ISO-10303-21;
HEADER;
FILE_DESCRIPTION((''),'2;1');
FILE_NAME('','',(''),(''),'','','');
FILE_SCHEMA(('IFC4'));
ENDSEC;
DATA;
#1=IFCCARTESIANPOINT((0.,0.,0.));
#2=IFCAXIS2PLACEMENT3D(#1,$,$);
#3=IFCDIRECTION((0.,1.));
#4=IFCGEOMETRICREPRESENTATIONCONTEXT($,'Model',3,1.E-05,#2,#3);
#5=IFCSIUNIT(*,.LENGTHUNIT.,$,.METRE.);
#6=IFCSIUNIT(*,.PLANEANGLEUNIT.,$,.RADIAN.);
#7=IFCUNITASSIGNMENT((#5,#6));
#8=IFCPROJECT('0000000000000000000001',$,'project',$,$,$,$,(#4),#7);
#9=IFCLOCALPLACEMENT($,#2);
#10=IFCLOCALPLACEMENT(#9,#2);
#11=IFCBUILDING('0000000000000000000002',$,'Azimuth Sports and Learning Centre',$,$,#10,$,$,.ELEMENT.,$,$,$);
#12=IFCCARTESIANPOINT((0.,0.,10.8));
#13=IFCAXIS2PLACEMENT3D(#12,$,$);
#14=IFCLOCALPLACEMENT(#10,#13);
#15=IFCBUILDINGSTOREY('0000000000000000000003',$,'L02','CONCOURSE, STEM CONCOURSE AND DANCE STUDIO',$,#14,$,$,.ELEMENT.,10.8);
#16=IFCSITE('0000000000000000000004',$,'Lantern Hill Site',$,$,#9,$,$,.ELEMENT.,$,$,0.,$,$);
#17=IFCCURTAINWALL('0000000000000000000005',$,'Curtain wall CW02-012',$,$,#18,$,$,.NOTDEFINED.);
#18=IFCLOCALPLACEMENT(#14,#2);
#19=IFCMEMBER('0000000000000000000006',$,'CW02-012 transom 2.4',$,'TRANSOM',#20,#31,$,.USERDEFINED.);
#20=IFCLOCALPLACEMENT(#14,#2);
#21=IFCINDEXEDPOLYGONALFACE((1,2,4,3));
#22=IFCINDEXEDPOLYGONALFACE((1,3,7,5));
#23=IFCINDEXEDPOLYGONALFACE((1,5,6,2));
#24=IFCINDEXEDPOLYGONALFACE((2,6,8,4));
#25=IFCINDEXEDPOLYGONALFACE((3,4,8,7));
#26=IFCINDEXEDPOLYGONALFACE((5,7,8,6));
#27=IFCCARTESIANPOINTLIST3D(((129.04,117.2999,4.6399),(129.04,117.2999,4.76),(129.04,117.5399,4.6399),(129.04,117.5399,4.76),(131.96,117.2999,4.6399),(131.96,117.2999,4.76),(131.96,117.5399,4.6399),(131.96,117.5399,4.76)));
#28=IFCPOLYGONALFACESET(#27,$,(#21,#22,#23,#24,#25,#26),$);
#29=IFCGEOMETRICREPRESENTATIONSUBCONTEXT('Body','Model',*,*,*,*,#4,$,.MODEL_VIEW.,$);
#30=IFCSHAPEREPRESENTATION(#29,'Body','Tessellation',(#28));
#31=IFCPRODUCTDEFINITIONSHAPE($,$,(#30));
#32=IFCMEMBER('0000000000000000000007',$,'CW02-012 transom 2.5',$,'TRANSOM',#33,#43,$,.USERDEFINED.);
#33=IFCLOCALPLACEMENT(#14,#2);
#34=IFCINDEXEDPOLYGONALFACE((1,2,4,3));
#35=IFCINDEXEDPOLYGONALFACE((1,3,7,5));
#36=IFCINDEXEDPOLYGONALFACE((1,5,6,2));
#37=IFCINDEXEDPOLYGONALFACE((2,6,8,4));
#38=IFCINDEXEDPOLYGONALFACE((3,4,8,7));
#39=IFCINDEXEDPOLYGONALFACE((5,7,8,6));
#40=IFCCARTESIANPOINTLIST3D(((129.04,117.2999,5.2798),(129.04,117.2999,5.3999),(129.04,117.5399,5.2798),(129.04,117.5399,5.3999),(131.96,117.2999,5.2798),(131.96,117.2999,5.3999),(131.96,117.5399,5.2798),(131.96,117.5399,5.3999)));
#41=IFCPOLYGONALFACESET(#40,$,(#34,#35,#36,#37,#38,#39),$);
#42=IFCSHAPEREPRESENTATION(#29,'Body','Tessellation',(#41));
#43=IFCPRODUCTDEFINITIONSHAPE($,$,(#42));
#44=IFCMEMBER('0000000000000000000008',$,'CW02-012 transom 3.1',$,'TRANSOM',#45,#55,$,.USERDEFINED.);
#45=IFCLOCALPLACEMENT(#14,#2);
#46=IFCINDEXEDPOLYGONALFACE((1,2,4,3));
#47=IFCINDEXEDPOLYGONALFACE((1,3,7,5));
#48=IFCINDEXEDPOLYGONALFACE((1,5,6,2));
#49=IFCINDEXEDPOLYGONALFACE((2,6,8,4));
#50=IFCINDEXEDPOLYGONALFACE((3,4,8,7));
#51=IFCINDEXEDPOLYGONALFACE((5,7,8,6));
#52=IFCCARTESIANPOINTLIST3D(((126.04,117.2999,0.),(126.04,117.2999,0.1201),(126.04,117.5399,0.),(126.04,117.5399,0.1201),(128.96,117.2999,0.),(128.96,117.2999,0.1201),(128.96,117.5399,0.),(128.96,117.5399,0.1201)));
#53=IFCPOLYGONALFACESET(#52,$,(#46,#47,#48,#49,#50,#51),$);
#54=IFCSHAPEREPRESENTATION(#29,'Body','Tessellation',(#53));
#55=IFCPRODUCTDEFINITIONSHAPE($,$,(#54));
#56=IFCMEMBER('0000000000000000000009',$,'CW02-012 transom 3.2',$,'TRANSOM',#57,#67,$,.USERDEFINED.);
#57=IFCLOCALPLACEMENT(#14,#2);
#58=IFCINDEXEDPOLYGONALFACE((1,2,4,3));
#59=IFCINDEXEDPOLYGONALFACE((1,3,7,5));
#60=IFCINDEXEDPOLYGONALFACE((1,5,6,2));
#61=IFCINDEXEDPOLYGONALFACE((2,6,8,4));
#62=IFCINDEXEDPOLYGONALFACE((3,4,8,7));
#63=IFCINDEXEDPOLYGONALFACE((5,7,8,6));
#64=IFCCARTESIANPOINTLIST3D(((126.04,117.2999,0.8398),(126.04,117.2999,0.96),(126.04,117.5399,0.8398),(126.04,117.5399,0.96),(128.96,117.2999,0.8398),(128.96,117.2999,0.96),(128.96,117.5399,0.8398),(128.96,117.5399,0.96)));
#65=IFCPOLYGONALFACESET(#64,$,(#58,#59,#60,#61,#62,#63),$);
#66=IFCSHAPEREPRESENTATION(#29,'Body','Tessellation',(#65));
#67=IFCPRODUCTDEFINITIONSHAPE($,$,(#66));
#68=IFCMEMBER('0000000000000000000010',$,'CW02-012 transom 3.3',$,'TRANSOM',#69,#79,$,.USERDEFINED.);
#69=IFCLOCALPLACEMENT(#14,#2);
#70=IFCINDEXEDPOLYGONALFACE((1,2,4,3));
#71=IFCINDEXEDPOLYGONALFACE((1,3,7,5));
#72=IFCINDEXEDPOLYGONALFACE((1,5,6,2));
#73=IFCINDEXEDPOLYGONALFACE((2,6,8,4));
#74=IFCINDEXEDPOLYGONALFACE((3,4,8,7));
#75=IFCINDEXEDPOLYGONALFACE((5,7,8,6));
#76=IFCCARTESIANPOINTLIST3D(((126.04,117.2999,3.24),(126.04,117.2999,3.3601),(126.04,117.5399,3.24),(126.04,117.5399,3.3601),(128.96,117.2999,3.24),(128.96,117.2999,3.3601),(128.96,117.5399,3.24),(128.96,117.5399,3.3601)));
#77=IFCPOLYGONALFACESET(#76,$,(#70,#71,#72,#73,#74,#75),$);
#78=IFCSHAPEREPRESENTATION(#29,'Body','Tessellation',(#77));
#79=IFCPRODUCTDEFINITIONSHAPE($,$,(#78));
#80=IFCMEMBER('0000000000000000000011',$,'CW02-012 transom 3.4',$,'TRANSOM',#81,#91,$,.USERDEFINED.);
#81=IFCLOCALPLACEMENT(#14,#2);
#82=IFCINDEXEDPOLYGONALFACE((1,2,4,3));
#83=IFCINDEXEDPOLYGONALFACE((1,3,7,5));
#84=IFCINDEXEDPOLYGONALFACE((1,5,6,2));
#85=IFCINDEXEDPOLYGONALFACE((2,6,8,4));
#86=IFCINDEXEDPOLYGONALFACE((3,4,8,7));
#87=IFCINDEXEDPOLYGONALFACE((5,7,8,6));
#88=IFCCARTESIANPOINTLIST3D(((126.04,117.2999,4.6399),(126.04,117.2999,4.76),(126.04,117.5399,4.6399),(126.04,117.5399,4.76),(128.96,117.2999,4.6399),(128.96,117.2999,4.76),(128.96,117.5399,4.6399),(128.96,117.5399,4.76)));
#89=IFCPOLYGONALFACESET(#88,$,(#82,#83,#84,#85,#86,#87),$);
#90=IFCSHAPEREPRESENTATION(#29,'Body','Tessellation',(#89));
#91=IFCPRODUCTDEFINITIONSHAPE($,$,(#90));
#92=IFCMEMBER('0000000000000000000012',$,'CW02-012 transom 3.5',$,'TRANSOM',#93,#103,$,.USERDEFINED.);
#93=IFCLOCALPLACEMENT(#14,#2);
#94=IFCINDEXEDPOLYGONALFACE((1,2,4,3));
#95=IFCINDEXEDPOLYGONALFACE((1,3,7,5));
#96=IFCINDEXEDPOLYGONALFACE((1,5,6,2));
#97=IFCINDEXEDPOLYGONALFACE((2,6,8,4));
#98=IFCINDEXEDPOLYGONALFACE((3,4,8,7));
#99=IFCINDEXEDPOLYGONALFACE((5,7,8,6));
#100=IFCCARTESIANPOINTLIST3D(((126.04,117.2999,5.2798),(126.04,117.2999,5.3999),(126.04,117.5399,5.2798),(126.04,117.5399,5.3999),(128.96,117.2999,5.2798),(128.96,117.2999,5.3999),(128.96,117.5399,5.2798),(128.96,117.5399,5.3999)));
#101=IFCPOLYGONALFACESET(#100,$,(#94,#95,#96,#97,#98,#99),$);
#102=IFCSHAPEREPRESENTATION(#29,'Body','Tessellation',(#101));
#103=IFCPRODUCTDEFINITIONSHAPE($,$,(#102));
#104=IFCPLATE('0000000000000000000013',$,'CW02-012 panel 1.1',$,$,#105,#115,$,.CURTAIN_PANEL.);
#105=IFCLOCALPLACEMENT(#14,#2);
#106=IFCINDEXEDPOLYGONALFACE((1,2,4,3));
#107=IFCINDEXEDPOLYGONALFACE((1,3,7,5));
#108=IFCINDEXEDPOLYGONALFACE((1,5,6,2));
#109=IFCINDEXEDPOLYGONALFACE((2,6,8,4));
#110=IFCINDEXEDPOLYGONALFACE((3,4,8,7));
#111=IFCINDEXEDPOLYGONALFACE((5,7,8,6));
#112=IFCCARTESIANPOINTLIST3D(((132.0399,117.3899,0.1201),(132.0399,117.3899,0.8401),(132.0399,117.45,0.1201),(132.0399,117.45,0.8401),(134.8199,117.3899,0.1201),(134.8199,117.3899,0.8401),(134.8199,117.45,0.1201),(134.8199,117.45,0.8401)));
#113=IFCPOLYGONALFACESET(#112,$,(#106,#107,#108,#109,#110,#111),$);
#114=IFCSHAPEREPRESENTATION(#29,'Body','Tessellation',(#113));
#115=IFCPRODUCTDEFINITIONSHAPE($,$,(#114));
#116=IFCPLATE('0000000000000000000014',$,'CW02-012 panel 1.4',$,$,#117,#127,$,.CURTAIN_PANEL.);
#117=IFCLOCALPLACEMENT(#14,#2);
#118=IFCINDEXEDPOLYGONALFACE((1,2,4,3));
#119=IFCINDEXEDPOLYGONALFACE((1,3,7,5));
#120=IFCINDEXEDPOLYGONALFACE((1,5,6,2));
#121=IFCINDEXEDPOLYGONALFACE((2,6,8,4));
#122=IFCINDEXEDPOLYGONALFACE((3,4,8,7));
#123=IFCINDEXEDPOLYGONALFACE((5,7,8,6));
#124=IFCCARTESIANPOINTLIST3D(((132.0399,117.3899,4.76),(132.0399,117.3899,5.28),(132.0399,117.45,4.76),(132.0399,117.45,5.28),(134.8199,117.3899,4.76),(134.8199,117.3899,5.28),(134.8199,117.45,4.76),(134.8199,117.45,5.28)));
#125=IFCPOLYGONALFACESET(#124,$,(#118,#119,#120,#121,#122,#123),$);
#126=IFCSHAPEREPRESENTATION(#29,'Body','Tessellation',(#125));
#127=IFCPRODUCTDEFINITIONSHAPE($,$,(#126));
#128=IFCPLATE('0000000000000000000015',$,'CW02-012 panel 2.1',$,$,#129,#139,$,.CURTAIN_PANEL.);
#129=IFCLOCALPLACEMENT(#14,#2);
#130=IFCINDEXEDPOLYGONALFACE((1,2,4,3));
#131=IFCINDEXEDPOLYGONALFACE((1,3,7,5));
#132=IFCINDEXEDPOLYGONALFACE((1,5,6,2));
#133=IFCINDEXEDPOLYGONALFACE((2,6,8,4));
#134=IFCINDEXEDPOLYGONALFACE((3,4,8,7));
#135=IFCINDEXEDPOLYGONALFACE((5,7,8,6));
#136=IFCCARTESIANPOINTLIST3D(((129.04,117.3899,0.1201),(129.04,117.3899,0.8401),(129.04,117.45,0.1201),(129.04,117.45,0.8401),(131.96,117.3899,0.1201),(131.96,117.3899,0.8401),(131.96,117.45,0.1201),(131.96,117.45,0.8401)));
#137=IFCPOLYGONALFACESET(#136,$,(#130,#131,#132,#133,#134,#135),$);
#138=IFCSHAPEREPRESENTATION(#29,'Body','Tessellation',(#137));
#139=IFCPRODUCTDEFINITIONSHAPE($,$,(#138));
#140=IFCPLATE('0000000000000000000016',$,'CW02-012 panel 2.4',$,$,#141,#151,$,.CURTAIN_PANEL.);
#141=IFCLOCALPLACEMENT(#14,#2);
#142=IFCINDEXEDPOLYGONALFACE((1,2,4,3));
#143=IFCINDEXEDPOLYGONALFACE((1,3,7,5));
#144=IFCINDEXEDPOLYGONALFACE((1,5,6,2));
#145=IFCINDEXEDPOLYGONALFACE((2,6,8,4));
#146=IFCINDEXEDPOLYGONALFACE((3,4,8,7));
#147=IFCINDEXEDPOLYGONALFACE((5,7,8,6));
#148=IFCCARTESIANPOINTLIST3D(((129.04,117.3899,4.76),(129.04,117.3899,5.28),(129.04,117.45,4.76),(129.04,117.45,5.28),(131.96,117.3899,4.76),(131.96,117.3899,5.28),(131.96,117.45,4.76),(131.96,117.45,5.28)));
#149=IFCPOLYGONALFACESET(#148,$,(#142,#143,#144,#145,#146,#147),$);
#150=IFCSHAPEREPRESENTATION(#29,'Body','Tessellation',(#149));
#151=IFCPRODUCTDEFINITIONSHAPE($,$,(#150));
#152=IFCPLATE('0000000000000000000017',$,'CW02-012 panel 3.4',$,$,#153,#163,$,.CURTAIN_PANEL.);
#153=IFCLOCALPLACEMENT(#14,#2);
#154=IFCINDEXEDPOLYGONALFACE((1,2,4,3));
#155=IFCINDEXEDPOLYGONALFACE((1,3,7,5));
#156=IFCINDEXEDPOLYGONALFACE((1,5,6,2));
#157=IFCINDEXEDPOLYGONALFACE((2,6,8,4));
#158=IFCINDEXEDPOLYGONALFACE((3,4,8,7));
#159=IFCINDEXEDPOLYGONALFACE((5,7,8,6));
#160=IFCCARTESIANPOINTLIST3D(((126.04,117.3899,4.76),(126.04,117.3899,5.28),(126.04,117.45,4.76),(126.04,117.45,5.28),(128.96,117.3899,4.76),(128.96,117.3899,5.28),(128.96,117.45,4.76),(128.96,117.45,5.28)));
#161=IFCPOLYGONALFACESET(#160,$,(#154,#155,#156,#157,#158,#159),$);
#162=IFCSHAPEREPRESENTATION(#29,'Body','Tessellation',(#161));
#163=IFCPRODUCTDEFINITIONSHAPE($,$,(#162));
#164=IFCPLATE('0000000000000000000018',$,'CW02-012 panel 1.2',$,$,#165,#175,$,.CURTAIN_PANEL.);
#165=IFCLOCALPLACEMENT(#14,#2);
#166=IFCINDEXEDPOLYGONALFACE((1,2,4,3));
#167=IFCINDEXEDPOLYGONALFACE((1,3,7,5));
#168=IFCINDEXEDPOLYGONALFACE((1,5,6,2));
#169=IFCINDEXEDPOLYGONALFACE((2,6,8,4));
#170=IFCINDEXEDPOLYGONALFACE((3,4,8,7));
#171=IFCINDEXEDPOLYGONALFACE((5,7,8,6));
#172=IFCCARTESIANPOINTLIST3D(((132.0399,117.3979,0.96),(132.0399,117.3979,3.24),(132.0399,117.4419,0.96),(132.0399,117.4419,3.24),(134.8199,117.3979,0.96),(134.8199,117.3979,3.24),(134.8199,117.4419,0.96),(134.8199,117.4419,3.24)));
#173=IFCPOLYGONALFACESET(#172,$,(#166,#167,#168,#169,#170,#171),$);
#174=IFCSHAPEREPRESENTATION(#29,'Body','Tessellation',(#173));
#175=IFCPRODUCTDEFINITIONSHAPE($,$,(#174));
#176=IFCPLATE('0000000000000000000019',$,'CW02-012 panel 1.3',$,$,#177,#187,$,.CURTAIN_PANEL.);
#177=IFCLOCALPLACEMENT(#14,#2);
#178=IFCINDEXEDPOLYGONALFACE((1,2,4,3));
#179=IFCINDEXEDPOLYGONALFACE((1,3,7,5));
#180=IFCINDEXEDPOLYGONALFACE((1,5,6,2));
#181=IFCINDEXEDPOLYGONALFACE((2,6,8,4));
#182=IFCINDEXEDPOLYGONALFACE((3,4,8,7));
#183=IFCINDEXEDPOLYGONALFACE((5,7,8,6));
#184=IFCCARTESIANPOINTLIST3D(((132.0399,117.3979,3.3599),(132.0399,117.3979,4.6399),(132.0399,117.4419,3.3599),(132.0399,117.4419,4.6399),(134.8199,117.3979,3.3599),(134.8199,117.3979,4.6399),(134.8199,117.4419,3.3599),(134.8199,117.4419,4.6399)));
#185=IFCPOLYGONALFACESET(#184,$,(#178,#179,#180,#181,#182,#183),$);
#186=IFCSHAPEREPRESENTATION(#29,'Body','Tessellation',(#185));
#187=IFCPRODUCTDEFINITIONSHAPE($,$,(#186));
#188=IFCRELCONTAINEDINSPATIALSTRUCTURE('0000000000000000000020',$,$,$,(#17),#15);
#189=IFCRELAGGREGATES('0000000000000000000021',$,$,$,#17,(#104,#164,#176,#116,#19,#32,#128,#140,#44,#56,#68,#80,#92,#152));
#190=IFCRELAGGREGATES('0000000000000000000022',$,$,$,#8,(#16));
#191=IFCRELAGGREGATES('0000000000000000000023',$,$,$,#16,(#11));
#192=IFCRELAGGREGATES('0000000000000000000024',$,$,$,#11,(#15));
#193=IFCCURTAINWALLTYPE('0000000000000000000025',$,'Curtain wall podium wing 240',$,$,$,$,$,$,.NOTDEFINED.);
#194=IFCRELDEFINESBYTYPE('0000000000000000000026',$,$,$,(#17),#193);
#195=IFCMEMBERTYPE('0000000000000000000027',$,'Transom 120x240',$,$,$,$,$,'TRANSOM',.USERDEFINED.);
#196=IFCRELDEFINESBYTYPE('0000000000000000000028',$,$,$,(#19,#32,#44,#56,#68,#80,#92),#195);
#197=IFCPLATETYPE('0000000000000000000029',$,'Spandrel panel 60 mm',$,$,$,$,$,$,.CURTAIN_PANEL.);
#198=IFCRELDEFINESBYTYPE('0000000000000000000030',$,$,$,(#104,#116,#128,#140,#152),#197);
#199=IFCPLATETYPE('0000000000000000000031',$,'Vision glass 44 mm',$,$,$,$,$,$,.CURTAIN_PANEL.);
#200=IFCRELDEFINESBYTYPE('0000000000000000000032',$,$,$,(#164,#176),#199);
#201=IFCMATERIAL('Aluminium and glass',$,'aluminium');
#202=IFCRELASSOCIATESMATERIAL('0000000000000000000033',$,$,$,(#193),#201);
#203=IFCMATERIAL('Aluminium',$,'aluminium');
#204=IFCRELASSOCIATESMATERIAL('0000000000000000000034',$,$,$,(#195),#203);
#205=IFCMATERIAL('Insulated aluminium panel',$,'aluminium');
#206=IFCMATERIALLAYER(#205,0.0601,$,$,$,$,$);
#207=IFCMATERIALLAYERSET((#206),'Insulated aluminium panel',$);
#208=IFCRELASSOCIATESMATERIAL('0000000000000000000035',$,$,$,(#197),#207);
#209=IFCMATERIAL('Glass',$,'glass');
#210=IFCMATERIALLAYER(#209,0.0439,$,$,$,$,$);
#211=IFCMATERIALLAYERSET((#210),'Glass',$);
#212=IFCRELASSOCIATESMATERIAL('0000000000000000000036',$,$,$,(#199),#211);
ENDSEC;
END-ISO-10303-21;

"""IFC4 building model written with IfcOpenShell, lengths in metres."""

from ifc_helpers import new_model, si_unit, direction, frame, origin, origin_2d, place, context, subcontext, project, spatial, rectangle, extrude, material, layer, layer_set, material_profile, profile_set, type_object, element, aggregate, save


model = new_model("IFC4")

# Units and contexts
model_context = context("Model", 3, precision=1e-05, world=origin(), true_north=direction((0.0, 1.0)))
body_context = subcontext(model_context, "Body", "Model", "MODEL_VIEW")
ifc_project = project(units=[si_unit("LENGTHUNIT", "METRE"), si_unit("PLANEANGLEUNIT", "RADIAN")], contexts=[model_context])

# Site, building, storey
site_placement = place(None, origin())
site = spatial("IfcSite", under=ifc_project, at=site_placement, Name="Lantern Hill Site", CompositionType="ELEMENT", RefElevation=0.0)
building_placement = place(site_placement, origin())
building = spatial("IfcBuilding", under=site, at=building_placement, Name="Azimuth Sports and Learning Centre", CompositionType="ELEMENT")
storey_placement = place(building_placement, frame((0.0, 0.0, 10.8)))
storey = spatial("IfcBuildingStorey", under=building, at=storey_placement, Name="L02", Description="CONCOURSE, STEM CONCOURSE AND DANCE STUDIO", CompositionType="ELEMENT", Elevation=10.8)

# Curtain wall, members, plates
ifc_material_1 = material(Name="Aluminium and glass", Category="aluminium")
curtain_wall_type = type_object("IfcCurtainWallType", Name="Curtain wall podium wing 240", PredefinedType="NOTDEFINED", material=ifc_material_1)
curtain_wall_placement = place(storey_placement, origin())
curtain_wall = element("IfcCurtainWall", 1, at=curtain_wall_placement, inside=storey, type_object=curtain_wall_type, Name="Curtain wall CW02-012", PredefinedType="NOTDEFINED")
ifc_material_2 = material(Name="Aluminium", Category="aluminium")
ifc_material_profile_1 = material_profile(ifc_material_2, rectangle(XDim=0.24, YDim=0.1201, at=origin_2d()), Name="Transom 120x240")
ifc_profile_set_1 = profile_set([ifc_material_profile_1], Name="Aluminium")
member_type_1 = type_object("IfcMemberType", Name="Transom 120x240", ElementType="TRANSOM", PredefinedType="USERDEFINED", material=ifc_profile_set_1)
member_1_placement = place(storey_placement, frame((131.96, 117.4199, 4.7), z_axis=(-1.0, 0.0, 0.0), x_axis=(0.0, -1.0, 0.0)))
member_1 = element("IfcMember", 2, at=member_1_placement, type_object=member_type_1, Name="CW02-012 transom 2.4", ObjectType="TRANSOM", PredefinedType="USERDEFINED", context=body_context, shape_type="SweptSolid", body=[
    extrude(rectangle(XDim=0.24, YDim=0.1201, at=origin_2d()), origin(), (0.0, 0.0, 1.0), 2.9199),
])
member_2_placement = place(storey_placement, frame((131.96, 117.4199, 5.3398), z_axis=(-1.0, 0.0, 0.0), x_axis=(0.0, -1.0, 0.0)))
member_2 = element("IfcMember", 3, at=member_2_placement, type_object=member_type_1, Name="CW02-012 transom 2.5", ObjectType="TRANSOM", PredefinedType="USERDEFINED", context=body_context, shape_type="SweptSolid", body=[
    extrude(rectangle(XDim=0.24, YDim=0.1201, at=origin_2d()), origin(), (0.0, 0.0, 1.0), 2.9199),
])
member_3_placement = place(storey_placement, frame((128.96, 117.4199, 0.0601), z_axis=(-1.0, 0.0, 0.0), x_axis=(0.0, -1.0, 0.0)))
member_3 = element("IfcMember", 4, at=member_3_placement, type_object=member_type_1, Name="CW02-012 transom 3.1", ObjectType="TRANSOM", PredefinedType="USERDEFINED", context=body_context, shape_type="SweptSolid", body=[
    extrude(rectangle(XDim=0.24, YDim=0.1201, at=origin_2d()), origin(), (0.0, 0.0, 1.0), 2.9199),
])
member_4_placement = place(storey_placement, frame((128.96, 117.4199, 0.8999), z_axis=(-1.0, 0.0, 0.0), x_axis=(0.0, -1.0, 0.0)))
member_4 = element("IfcMember", 5, at=member_4_placement, type_object=member_type_1, Name="CW02-012 transom 3.2", ObjectType="TRANSOM", PredefinedType="USERDEFINED", context=body_context, shape_type="SweptSolid", body=[
    extrude(rectangle(XDim=0.24, YDim=0.1201, at=origin_2d()), origin(), (0.0, 0.0, 1.0), 2.9199),
])
member_5_placement = place(storey_placement, frame((128.96, 117.4199, 3.3), z_axis=(-1.0, 0.0, 0.0), x_axis=(0.0, -1.0, 0.0)))
member_5 = element("IfcMember", 6, at=member_5_placement, type_object=member_type_1, Name="CW02-012 transom 3.3", ObjectType="TRANSOM", PredefinedType="USERDEFINED", context=body_context, shape_type="SweptSolid", body=[
    extrude(rectangle(XDim=0.24, YDim=0.1201, at=origin_2d()), origin(), (0.0, 0.0, 1.0), 2.9199),
])
member_6_placement = place(storey_placement, frame((128.96, 117.4199, 4.7), z_axis=(-1.0, 0.0, 0.0), x_axis=(0.0, -1.0, 0.0)))
member_6 = element("IfcMember", 7, at=member_6_placement, type_object=member_type_1, Name="CW02-012 transom 3.4", ObjectType="TRANSOM", PredefinedType="USERDEFINED", context=body_context, shape_type="SweptSolid", body=[
    extrude(rectangle(XDim=0.24, YDim=0.1201, at=origin_2d()), origin(), (0.0, 0.0, 1.0), 2.9199),
])
member_7_placement = place(storey_placement, frame((128.96, 117.4199, 5.3398), z_axis=(-1.0, 0.0, 0.0), x_axis=(0.0, -1.0, 0.0)))
member_7 = element("IfcMember", 8, at=member_7_placement, type_object=member_type_1, Name="CW02-012 transom 3.5", ObjectType="TRANSOM", PredefinedType="USERDEFINED", context=body_context, shape_type="SweptSolid", body=[
    extrude(rectangle(XDim=0.24, YDim=0.1201, at=origin_2d()), origin(), (0.0, 0.0, 1.0), 2.9199),
])
ifc_material_3 = material(Name="Insulated aluminium panel", Category="aluminium")
ifc_layer_1 = layer(ifc_material_3, 0.0601)
ifc_layer_set_1 = layer_set([ifc_layer_1], Name="Insulated aluminium panel")
plate_type_1 = type_object("IfcPlateType", Name="Spandrel panel 60 mm", PredefinedType="CURTAIN_PANEL", material=ifc_layer_set_1)
plate_1_placement = place(storey_placement, frame((133.4299, 117.4199, 0.1201), z_axis=(0.0, 0.0, 1.0), x_axis=(-1.0, 0.0, 0.0)))
plate_1 = element("IfcPlate", 9, at=plate_1_placement, type_object=plate_type_1, Name="CW02-012 panel 1.1", PredefinedType="CURTAIN_PANEL", context=body_context, shape_type="SweptSolid", body=[
    extrude(rectangle(XDim=2.78, YDim=0.0601, at=origin_2d()), origin(), (0.0, 0.0, 1.0), 0.72),
])
plate_2_placement = place(storey_placement, frame((133.4299, 117.4199, 4.76), z_axis=(0.0, 0.0, 1.0), x_axis=(-1.0, 0.0, 0.0)))
plate_2 = element("IfcPlate", 10, at=plate_2_placement, type_object=plate_type_1, Name="CW02-012 panel 1.4", PredefinedType="CURTAIN_PANEL", context=body_context, shape_type="SweptSolid", body=[
    extrude(rectangle(XDim=2.78, YDim=0.0601, at=origin_2d()), origin(), (0.0, 0.0, 1.0), 0.52),
])
plate_3_placement = place(storey_placement, frame((130.5, 117.4199, 0.1201), z_axis=(0.0, 0.0, 1.0), x_axis=(-1.0, 0.0, 0.0)))
plate_3 = element("IfcPlate", 11, at=plate_3_placement, type_object=plate_type_1, Name="CW02-012 panel 2.1", PredefinedType="CURTAIN_PANEL", context=body_context, shape_type="SweptSolid", body=[
    extrude(rectangle(XDim=2.9199, YDim=0.0601, at=origin_2d()), origin(), (0.0, 0.0, 1.0), 0.72),
])
plate_4_placement = place(storey_placement, frame((130.5, 117.4199, 4.76), z_axis=(0.0, 0.0, 1.0), x_axis=(-1.0, 0.0, 0.0)))
plate_4 = element("IfcPlate", 12, at=plate_4_placement, type_object=plate_type_1, Name="CW02-012 panel 2.4", PredefinedType="CURTAIN_PANEL", context=body_context, shape_type="SweptSolid", body=[
    extrude(rectangle(XDim=2.9199, YDim=0.0601, at=origin_2d()), origin(), (0.0, 0.0, 1.0), 0.52),
])
plate_5_placement = place(storey_placement, frame((127.5, 117.4199, 4.76), z_axis=(0.0, 0.0, 1.0), x_axis=(-1.0, 0.0, 0.0)))
plate_5 = element("IfcPlate", 13, at=plate_5_placement, type_object=plate_type_1, Name="CW02-012 panel 3.4", PredefinedType="CURTAIN_PANEL", context=body_context, shape_type="SweptSolid", body=[
    extrude(rectangle(XDim=2.9199, YDim=0.0601, at=origin_2d()), origin(), (0.0, 0.0, 1.0), 0.52),
])
ifc_material_4 = material(Name="Glass", Category="glass")
ifc_layer_2 = layer(ifc_material_4, 0.0439)
ifc_layer_set_2 = layer_set([ifc_layer_2], Name="Glass")
plate_type_2 = type_object("IfcPlateType", Name="Vision glass 44 mm", PredefinedType="CURTAIN_PANEL", material=ifc_layer_set_2)
plate_6_placement = place(storey_placement, frame((133.4299, 117.4199, 0.96), z_axis=(0.0, 0.0, 1.0), x_axis=(-1.0, 0.0, 0.0)))
plate_6 = element("IfcPlate", 14, at=plate_6_placement, type_object=plate_type_2, Name="CW02-012 panel 1.2", PredefinedType="CURTAIN_PANEL", context=body_context, shape_type="SweptSolid", body=[
    extrude(rectangle(XDim=2.78, YDim=0.0439, at=origin_2d()), origin(), (0.0, 0.0, 1.0), 2.28),
])
plate_7_placement = place(storey_placement, frame((133.4299, 117.4199, 3.3599), z_axis=(0.0, 0.0, 1.0), x_axis=(-1.0, 0.0, 0.0)))
plate_7 = element("IfcPlate", 15, at=plate_7_placement, type_object=plate_type_2, Name="CW02-012 panel 1.3", PredefinedType="CURTAIN_PANEL", context=body_context, shape_type="SweptSolid", body=[
    extrude(rectangle(XDim=2.78, YDim=0.0439, at=origin_2d()), origin(), (0.0, 0.0, 1.0), 1.28),
])
aggregate(curtain_wall, [plate_1, plate_6, plate_7, plate_2, member_1, member_2, plate_3, plate_4, member_3, member_4, member_5, member_6, member_7, plate_5])

save(model, "model.ifc")
